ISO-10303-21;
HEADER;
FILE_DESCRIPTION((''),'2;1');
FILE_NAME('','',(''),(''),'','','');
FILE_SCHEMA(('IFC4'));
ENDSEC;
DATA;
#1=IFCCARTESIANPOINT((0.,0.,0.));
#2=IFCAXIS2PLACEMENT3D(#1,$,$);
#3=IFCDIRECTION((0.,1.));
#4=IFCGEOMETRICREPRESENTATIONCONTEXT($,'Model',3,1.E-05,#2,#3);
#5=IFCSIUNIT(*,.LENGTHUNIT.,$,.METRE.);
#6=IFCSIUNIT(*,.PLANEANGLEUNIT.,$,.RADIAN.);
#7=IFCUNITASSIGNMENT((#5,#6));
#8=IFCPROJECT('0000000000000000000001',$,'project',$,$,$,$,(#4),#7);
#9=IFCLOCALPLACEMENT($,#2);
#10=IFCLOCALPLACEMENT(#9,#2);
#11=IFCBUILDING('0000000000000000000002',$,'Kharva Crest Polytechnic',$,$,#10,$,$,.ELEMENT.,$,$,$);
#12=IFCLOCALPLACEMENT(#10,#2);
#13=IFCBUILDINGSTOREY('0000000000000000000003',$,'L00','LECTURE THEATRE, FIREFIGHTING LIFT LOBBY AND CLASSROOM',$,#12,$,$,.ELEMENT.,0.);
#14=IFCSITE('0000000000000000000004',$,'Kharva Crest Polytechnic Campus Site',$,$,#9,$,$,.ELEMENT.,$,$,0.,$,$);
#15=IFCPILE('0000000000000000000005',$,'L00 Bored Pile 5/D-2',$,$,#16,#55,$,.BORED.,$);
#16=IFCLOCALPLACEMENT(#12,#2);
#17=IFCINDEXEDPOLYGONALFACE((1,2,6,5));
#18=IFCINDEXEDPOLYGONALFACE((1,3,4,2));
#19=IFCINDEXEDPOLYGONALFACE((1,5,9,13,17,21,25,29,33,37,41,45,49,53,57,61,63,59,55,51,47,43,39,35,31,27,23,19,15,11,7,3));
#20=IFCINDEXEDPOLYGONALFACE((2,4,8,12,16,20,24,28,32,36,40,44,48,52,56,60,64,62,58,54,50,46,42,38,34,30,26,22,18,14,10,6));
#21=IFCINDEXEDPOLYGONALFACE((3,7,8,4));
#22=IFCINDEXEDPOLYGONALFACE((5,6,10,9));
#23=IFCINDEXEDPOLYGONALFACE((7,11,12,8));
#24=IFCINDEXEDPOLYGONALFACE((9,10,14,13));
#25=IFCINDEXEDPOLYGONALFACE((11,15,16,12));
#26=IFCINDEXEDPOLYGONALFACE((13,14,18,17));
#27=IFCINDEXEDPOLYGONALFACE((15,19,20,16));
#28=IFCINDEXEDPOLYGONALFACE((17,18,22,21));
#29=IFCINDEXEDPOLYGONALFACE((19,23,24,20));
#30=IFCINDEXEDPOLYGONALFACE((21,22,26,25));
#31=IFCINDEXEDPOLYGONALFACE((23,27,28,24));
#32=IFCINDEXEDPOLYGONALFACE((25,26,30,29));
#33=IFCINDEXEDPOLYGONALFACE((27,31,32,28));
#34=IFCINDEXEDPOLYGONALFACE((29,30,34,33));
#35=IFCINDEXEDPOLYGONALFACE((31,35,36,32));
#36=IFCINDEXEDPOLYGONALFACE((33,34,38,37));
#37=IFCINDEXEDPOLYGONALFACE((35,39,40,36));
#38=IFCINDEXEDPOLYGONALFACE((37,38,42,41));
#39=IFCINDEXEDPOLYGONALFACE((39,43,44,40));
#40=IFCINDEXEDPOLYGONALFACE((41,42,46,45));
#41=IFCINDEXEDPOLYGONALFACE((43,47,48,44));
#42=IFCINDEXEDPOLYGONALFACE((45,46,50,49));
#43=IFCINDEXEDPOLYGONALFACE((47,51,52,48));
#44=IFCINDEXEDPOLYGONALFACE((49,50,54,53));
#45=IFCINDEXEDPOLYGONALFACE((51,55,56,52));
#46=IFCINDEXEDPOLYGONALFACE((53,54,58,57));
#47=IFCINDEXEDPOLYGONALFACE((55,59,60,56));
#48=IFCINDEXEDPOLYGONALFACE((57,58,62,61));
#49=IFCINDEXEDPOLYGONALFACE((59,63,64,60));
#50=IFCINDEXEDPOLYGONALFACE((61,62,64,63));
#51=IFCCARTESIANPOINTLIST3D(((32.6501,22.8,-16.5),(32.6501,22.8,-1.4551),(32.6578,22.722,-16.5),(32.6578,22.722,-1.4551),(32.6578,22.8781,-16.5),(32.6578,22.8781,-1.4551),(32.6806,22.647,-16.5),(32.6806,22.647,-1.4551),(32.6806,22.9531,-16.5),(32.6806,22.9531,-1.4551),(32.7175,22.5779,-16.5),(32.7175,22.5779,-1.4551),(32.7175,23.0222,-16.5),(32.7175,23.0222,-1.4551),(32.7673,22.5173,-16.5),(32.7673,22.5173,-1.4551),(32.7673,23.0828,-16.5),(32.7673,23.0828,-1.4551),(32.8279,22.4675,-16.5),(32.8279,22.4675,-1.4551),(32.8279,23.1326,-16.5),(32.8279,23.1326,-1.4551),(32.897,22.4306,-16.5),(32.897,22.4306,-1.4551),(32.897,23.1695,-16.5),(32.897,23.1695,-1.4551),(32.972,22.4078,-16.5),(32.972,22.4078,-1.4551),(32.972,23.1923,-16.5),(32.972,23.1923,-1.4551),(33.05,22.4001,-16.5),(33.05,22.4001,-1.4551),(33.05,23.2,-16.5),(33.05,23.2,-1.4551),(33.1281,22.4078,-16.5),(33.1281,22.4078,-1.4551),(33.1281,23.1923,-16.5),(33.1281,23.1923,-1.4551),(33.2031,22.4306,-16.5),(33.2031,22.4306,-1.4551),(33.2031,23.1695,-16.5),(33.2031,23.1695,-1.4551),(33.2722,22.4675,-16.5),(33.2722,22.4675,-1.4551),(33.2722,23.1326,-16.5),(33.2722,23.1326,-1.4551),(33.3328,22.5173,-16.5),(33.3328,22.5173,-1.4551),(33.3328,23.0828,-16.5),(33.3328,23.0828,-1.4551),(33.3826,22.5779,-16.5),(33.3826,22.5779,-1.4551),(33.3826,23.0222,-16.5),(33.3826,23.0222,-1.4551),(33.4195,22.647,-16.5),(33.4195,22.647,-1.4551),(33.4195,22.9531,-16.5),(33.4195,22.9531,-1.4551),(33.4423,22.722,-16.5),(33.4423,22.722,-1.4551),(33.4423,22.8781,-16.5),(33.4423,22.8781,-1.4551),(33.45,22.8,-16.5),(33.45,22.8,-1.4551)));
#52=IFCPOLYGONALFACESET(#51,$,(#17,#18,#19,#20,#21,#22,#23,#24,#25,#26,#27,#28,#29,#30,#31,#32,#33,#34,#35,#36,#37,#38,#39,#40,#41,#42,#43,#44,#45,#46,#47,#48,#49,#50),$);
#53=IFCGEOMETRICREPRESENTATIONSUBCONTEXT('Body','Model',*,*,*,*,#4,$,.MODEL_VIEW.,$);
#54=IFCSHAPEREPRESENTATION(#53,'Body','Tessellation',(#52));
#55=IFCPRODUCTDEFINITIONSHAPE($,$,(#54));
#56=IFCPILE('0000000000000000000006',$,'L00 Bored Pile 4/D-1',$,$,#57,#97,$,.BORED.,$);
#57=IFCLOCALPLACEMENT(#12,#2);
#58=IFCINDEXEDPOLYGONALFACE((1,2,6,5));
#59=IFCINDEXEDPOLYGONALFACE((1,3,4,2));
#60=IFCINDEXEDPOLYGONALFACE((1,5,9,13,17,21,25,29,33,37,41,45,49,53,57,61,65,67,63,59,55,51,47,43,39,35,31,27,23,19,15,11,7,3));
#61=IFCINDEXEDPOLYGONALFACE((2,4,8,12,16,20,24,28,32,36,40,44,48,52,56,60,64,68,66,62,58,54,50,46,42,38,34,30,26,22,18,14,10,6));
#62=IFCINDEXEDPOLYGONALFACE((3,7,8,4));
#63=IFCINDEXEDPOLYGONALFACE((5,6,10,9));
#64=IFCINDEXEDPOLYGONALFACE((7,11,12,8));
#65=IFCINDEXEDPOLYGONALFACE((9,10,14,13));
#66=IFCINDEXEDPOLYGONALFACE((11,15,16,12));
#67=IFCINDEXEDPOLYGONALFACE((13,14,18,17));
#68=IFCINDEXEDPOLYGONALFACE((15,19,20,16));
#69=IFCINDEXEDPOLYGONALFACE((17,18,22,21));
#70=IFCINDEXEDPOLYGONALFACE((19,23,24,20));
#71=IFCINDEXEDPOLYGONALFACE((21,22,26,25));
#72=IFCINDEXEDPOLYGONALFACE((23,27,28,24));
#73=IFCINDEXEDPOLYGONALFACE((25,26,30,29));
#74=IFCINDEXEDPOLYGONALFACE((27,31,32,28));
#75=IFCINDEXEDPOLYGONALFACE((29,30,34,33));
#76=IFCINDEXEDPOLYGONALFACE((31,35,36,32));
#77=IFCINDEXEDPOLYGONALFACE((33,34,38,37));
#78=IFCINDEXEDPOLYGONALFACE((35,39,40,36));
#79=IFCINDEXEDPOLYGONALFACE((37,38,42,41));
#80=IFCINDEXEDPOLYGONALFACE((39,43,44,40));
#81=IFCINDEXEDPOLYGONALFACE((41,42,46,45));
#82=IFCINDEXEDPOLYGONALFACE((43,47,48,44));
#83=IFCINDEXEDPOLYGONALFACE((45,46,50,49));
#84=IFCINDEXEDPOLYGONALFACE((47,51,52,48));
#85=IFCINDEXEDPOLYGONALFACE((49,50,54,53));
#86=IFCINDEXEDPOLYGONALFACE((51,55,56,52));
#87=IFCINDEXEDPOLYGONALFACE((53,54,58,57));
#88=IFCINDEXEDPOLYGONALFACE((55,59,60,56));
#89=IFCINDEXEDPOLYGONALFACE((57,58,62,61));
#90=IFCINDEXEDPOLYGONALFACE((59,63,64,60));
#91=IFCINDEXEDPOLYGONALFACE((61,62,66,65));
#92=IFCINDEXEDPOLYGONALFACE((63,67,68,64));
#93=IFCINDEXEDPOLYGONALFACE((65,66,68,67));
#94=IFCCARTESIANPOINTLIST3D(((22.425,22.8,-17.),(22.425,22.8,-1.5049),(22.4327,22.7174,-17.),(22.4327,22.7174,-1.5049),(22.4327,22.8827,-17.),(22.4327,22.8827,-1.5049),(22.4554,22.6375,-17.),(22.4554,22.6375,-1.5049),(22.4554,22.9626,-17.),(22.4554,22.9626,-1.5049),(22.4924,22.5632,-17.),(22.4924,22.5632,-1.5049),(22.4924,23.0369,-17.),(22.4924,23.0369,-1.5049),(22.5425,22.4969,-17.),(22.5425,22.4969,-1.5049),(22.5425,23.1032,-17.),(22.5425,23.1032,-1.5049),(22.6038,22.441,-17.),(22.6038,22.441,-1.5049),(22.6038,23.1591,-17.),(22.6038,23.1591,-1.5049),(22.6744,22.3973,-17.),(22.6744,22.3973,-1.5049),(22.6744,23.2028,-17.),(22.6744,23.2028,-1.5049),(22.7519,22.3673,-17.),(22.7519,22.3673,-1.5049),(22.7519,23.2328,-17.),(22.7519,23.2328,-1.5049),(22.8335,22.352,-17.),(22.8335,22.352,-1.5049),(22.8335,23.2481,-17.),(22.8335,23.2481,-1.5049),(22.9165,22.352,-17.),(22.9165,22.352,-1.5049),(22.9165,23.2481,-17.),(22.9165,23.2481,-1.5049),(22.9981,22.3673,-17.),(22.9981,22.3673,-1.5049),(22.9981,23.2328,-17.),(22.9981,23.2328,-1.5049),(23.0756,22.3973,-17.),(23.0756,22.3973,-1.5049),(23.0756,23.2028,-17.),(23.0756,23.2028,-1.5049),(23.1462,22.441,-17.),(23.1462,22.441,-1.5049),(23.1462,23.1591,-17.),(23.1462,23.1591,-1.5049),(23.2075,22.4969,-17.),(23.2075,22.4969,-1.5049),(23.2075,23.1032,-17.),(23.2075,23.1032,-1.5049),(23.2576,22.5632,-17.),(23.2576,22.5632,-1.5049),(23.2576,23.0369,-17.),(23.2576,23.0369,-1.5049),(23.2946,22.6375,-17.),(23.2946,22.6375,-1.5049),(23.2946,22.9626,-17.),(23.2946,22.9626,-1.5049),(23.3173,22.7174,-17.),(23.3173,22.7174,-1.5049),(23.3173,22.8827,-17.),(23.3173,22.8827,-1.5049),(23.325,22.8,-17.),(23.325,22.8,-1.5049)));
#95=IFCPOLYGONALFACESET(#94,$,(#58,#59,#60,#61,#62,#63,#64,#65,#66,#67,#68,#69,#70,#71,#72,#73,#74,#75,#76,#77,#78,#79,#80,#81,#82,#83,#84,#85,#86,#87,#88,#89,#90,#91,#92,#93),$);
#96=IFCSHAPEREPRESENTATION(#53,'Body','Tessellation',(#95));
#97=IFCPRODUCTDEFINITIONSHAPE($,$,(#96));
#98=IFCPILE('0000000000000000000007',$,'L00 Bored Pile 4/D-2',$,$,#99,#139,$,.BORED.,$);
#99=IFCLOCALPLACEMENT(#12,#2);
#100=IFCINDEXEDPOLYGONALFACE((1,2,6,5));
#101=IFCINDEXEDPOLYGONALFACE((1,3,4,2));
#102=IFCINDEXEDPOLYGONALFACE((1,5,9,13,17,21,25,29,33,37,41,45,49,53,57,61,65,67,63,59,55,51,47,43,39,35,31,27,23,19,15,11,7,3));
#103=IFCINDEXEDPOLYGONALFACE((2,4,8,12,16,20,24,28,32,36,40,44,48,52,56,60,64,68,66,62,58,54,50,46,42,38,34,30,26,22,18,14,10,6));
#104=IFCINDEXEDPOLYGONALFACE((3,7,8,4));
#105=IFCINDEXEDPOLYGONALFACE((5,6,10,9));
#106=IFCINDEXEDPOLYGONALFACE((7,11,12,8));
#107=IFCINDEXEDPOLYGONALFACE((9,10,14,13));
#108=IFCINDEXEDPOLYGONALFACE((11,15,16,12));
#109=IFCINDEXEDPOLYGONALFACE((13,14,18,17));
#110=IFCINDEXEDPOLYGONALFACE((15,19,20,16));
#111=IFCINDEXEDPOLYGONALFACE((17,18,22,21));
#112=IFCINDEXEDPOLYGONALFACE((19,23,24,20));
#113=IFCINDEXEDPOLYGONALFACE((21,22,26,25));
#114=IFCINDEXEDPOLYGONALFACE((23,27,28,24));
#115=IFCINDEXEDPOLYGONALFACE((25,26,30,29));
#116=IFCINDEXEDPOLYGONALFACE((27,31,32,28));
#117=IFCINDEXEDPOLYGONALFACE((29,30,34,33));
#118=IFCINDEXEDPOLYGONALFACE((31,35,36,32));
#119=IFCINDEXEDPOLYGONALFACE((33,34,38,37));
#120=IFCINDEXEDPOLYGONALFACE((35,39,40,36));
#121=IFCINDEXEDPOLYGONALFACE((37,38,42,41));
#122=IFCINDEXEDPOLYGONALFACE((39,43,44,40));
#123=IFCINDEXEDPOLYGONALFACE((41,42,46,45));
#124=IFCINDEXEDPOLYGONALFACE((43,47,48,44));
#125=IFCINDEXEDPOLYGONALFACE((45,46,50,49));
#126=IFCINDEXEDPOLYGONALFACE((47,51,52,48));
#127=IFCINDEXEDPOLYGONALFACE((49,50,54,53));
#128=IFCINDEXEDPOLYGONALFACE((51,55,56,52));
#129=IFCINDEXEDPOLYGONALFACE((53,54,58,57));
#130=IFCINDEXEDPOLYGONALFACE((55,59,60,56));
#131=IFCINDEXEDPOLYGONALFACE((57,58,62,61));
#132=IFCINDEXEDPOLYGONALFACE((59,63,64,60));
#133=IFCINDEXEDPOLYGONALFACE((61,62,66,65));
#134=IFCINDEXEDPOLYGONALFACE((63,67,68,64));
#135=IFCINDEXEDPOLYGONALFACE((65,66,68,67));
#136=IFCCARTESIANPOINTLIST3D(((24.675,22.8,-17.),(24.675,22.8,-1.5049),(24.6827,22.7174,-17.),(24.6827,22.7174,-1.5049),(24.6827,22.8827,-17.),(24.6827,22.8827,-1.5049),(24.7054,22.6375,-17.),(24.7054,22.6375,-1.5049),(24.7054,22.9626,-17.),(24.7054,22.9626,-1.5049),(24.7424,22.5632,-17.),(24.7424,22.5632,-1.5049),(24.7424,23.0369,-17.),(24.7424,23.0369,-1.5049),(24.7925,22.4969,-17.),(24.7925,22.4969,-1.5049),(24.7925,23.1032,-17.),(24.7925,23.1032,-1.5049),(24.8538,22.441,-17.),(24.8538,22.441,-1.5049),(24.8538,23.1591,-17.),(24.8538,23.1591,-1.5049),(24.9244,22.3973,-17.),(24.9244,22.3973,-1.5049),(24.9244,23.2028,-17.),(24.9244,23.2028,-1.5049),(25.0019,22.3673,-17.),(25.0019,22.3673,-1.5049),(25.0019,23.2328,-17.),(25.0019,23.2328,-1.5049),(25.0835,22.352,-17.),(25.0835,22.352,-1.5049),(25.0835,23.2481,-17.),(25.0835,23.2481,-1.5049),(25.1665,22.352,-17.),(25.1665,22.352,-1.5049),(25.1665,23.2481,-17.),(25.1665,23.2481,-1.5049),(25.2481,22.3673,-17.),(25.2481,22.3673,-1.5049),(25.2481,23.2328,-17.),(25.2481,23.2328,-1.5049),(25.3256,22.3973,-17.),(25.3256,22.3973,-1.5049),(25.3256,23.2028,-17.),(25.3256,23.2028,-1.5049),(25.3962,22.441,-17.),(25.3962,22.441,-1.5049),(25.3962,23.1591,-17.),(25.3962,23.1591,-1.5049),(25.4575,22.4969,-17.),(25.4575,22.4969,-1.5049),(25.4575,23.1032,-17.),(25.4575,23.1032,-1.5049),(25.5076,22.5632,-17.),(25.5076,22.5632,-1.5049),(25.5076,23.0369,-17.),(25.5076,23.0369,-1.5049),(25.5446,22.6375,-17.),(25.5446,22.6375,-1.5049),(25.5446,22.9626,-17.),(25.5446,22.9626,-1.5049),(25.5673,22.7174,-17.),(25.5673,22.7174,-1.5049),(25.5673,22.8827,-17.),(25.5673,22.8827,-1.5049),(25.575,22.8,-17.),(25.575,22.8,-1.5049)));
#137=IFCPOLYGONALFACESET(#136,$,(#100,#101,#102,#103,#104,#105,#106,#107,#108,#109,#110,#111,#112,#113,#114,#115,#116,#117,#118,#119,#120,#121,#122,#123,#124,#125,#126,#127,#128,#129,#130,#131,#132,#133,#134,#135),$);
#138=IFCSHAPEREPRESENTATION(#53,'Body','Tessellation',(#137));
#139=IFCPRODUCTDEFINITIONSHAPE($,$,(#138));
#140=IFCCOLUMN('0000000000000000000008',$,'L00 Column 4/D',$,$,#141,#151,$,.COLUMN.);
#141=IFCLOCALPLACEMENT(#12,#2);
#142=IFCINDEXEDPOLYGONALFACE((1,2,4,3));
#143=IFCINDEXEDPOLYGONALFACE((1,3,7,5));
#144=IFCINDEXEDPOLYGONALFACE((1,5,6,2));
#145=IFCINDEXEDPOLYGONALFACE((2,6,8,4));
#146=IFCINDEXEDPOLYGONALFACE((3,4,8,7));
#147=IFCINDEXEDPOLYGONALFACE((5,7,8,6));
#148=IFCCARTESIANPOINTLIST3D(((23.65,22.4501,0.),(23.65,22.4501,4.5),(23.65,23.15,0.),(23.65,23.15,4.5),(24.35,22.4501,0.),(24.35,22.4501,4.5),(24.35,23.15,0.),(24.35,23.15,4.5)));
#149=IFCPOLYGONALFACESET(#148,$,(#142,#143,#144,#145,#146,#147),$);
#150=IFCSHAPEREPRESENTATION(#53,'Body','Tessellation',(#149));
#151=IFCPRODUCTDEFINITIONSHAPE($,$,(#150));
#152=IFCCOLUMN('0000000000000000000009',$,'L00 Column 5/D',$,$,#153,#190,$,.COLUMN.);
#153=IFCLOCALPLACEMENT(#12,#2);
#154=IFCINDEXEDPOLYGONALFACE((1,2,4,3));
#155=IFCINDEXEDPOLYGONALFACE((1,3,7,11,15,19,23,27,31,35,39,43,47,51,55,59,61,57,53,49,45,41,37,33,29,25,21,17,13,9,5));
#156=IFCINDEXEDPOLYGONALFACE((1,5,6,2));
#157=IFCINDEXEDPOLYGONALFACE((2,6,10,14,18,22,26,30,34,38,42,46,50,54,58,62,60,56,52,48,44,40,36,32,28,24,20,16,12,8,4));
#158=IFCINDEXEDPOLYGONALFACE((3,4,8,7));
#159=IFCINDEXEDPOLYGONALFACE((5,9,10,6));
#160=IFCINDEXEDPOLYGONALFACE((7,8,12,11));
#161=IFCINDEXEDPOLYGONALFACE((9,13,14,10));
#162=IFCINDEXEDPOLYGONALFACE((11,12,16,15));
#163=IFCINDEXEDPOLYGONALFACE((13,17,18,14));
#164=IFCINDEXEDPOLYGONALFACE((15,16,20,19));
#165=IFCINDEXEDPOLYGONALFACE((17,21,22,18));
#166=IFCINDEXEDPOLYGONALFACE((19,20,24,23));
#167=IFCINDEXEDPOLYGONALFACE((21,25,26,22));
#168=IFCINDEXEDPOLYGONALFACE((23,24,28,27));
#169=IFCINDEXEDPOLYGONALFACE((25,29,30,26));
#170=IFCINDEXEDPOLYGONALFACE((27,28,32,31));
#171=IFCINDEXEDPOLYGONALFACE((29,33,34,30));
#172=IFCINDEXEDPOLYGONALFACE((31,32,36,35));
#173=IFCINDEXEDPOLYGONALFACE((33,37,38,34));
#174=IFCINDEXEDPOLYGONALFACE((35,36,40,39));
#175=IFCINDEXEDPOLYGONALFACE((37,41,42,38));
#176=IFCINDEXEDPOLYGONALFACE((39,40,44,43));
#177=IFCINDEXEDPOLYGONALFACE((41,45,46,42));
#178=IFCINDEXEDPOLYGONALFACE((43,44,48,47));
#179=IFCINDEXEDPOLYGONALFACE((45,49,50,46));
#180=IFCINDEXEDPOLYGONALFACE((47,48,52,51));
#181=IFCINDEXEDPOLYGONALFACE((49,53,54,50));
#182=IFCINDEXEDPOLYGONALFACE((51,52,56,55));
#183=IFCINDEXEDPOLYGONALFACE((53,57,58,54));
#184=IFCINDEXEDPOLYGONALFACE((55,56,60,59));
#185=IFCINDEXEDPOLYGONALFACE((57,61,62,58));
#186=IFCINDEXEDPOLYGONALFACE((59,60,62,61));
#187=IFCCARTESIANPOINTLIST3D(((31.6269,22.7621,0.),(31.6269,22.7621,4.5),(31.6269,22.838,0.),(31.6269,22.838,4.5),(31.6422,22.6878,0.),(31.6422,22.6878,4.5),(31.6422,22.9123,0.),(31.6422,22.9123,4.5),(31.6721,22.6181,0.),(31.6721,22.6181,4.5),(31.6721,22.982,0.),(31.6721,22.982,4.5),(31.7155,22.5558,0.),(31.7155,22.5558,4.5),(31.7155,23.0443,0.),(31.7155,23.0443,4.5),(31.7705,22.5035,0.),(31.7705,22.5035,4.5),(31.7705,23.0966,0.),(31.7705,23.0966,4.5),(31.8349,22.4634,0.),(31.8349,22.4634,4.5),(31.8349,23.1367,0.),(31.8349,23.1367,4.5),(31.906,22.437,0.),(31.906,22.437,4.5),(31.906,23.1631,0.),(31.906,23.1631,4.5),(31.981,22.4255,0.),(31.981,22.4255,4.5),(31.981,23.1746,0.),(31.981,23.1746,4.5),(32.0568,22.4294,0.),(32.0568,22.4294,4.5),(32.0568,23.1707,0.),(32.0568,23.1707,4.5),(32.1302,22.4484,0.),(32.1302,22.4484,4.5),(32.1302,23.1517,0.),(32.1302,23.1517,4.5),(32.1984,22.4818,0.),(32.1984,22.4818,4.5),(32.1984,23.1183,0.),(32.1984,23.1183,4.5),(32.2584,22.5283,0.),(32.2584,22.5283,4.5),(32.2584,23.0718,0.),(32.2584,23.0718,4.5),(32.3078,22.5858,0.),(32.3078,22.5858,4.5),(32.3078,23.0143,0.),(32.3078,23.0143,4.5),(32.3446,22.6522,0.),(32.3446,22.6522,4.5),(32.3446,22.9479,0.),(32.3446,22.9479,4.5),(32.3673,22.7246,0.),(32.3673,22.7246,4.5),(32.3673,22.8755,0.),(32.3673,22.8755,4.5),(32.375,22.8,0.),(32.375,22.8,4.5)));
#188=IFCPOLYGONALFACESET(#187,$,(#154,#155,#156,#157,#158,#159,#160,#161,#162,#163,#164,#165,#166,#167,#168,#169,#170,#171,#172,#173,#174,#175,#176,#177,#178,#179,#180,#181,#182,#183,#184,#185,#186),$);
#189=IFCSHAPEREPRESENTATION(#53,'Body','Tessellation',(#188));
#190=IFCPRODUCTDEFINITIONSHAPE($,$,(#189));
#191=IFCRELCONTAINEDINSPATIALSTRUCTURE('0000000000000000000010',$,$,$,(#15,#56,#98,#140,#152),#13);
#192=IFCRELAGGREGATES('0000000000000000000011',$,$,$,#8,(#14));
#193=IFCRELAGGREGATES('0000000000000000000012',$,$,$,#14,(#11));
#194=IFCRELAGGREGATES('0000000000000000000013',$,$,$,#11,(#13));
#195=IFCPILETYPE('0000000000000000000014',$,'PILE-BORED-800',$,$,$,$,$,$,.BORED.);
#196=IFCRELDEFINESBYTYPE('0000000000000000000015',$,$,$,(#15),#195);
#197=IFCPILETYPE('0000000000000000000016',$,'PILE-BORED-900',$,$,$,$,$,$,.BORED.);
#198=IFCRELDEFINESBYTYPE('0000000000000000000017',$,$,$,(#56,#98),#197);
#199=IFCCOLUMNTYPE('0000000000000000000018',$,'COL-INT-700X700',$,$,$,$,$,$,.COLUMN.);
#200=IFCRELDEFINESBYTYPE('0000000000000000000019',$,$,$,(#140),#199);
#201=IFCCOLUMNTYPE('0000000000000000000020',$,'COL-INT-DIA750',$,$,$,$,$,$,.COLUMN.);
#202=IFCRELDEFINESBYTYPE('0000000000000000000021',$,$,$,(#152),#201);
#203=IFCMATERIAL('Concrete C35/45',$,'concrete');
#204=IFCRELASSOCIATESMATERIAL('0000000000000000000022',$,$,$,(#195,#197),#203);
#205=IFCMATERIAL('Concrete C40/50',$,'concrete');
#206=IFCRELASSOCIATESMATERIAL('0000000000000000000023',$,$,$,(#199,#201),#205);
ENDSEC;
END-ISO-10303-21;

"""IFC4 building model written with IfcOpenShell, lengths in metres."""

from ifc_helpers import new_model, si_unit, direction, frame, origin, origin_2d, place, context, subcontext, project, spatial, rectangle, circle, extrude, material, material_profile, profile_set, type_object, element, save


model = new_model("IFC4")

# Units and contexts
model_context = context("Model", 3, precision=1e-05, world=origin(), true_north=direction((0.0, 1.0)))
body_context = subcontext(model_context, "Body", "Model", "MODEL_VIEW")
ifc_project = project(units=[si_unit("LENGTHUNIT", "METRE"), si_unit("PLANEANGLEUNIT", "RADIAN")], contexts=[model_context])

# Site, building, storey
site_placement = place(None, origin())
site = spatial("IfcSite", under=ifc_project, at=site_placement, Name="Kharva Crest Polytechnic Campus Site", CompositionType="ELEMENT", RefElevation=0.0)
building_placement = place(site_placement, origin())
building = spatial("IfcBuilding", under=site, at=building_placement, Name="Kharva Crest Polytechnic", CompositionType="ELEMENT")
storey_placement = place(building_placement, origin())
storey = spatial("IfcBuildingStorey", under=building, at=storey_placement, Name="L00", Description="LECTURE THEATRE, FIREFIGHTING LIFT LOBBY AND CLASSROOM", CompositionType="ELEMENT", Elevation=0.0)

# Shared definitions
ifc_material_1 = material(Name="Concrete C35/45", Category="concrete")

# Piles
ifc_material_profile_1 = material_profile(ifc_material_1, circle(Radius=0.3999, at=origin_2d()), Name="DIA 800")
ifc_profile_set_1 = profile_set([ifc_material_profile_1], Name="Concrete C35/45")
pile_type_1 = type_object("IfcPileType", Name="PILE-BORED-800", PredefinedType="BORED", material=ifc_profile_set_1)
for number, where, z_axis, x_axis, name in (
    (1, (33.05, 22.8, -1.4551), (0.0, 0.0, -1.0), (1.0, 0.0, 0.0), "L00 Bored Pile 5/D-2"),
):
    element("IfcPile", number, at=place(storey_placement, frame(where, z_axis=z_axis, x_axis=x_axis)), inside=storey, type_object=pile_type_1, Name=name, PredefinedType="BORED", context=body_context, shape_type="SweptSolid", body=[
        extrude(circle(Radius=0.3999, at=origin_2d()), origin(), (0.0, 0.0, 1.0), 15.0449),
    ])
ifc_material_profile_2 = material_profile(ifc_material_1, circle(Radius=0.45, at=origin_2d()), Name="DIA 900")
ifc_profile_set_2 = profile_set([ifc_material_profile_2], Name="Concrete C35/45")
pile_type_2 = type_object("IfcPileType", Name="PILE-BORED-900", PredefinedType="BORED", material=ifc_profile_set_2)
for number, where, z_axis, x_axis, name in (
    (2, (22.875, 22.8, -1.5049), (0.0, 0.0, -1.0), (1.0, 0.0, 0.0), "L00 Bored Pile 4/D-1"),
    (3, (25.125, 22.8, -1.5049), (0.0, 0.0, -1.0), (1.0, 0.0, 0.0), "L00 Bored Pile 4/D-2"),
):
    element("IfcPile", number, at=place(storey_placement, frame(where, z_axis=z_axis, x_axis=x_axis)), inside=storey, type_object=pile_type_2, Name=name, PredefinedType="BORED", context=body_context, shape_type="SweptSolid", body=[
        extrude(circle(Radius=0.45, at=origin_2d()), origin(), (0.0, 0.0, 1.0), 15.4951),
    ])

# Columns
ifc_material_2 = material(Name="Concrete C40/50", Category="concrete")
ifc_material_profile_3 = material_profile(ifc_material_2, rectangle(XDim=0.7, YDim=0.7, at=origin_2d()), Name="RECT 700 X 700")
ifc_profile_set_3 = profile_set([ifc_material_profile_3], Name="Concrete C40/50")
column_type_1 = type_object("IfcColumnType", Name="COL-INT-700X700", PredefinedType="COLUMN", material=ifc_profile_set_3)
column_1_placement = place(storey_placement, frame((24.0, 22.8, 0.0), z_axis=(0.0, 0.0, 1.0), x_axis=(1.0, 0.0, 0.0)))
element("IfcColumn", 4, at=column_1_placement, inside=storey, type_object=column_type_1, Name="L00 Column 4/D", PredefinedType="COLUMN", context=body_context, shape_type="SweptSolid", body=[
    extrude(rectangle(XDim=0.7, YDim=0.7, at=origin_2d()), origin(), (0.0, 0.0, 1.0), 4.5),
])
ifc_material_profile_4 = material_profile(ifc_material_2, circle(Radius=0.375, at=origin_2d()), Name="DIA 750")
ifc_profile_set_4 = profile_set([ifc_material_profile_4], Name="Concrete C40/50")
column_type_2 = type_object("IfcColumnType", Name="COL-INT-DIA750", PredefinedType="COLUMN", material=ifc_profile_set_4)
column_2_placement = place(storey_placement, frame((32.0, 22.8, 0.0), z_axis=(0.0, 0.0, 1.0), x_axis=(1.0, 0.0, 0.0)))
element("IfcColumn", 5, at=column_2_placement, inside=storey, type_object=column_type_2, Name="L00 Column 5/D", PredefinedType="COLUMN", context=body_context, shape_type="SweptSolid", body=[
    extrude(circle(Radius=0.375, at=origin_2d()), origin(), (0.0, 0.0, 1.0), 4.5),
])

save(model, "model.ifc")
